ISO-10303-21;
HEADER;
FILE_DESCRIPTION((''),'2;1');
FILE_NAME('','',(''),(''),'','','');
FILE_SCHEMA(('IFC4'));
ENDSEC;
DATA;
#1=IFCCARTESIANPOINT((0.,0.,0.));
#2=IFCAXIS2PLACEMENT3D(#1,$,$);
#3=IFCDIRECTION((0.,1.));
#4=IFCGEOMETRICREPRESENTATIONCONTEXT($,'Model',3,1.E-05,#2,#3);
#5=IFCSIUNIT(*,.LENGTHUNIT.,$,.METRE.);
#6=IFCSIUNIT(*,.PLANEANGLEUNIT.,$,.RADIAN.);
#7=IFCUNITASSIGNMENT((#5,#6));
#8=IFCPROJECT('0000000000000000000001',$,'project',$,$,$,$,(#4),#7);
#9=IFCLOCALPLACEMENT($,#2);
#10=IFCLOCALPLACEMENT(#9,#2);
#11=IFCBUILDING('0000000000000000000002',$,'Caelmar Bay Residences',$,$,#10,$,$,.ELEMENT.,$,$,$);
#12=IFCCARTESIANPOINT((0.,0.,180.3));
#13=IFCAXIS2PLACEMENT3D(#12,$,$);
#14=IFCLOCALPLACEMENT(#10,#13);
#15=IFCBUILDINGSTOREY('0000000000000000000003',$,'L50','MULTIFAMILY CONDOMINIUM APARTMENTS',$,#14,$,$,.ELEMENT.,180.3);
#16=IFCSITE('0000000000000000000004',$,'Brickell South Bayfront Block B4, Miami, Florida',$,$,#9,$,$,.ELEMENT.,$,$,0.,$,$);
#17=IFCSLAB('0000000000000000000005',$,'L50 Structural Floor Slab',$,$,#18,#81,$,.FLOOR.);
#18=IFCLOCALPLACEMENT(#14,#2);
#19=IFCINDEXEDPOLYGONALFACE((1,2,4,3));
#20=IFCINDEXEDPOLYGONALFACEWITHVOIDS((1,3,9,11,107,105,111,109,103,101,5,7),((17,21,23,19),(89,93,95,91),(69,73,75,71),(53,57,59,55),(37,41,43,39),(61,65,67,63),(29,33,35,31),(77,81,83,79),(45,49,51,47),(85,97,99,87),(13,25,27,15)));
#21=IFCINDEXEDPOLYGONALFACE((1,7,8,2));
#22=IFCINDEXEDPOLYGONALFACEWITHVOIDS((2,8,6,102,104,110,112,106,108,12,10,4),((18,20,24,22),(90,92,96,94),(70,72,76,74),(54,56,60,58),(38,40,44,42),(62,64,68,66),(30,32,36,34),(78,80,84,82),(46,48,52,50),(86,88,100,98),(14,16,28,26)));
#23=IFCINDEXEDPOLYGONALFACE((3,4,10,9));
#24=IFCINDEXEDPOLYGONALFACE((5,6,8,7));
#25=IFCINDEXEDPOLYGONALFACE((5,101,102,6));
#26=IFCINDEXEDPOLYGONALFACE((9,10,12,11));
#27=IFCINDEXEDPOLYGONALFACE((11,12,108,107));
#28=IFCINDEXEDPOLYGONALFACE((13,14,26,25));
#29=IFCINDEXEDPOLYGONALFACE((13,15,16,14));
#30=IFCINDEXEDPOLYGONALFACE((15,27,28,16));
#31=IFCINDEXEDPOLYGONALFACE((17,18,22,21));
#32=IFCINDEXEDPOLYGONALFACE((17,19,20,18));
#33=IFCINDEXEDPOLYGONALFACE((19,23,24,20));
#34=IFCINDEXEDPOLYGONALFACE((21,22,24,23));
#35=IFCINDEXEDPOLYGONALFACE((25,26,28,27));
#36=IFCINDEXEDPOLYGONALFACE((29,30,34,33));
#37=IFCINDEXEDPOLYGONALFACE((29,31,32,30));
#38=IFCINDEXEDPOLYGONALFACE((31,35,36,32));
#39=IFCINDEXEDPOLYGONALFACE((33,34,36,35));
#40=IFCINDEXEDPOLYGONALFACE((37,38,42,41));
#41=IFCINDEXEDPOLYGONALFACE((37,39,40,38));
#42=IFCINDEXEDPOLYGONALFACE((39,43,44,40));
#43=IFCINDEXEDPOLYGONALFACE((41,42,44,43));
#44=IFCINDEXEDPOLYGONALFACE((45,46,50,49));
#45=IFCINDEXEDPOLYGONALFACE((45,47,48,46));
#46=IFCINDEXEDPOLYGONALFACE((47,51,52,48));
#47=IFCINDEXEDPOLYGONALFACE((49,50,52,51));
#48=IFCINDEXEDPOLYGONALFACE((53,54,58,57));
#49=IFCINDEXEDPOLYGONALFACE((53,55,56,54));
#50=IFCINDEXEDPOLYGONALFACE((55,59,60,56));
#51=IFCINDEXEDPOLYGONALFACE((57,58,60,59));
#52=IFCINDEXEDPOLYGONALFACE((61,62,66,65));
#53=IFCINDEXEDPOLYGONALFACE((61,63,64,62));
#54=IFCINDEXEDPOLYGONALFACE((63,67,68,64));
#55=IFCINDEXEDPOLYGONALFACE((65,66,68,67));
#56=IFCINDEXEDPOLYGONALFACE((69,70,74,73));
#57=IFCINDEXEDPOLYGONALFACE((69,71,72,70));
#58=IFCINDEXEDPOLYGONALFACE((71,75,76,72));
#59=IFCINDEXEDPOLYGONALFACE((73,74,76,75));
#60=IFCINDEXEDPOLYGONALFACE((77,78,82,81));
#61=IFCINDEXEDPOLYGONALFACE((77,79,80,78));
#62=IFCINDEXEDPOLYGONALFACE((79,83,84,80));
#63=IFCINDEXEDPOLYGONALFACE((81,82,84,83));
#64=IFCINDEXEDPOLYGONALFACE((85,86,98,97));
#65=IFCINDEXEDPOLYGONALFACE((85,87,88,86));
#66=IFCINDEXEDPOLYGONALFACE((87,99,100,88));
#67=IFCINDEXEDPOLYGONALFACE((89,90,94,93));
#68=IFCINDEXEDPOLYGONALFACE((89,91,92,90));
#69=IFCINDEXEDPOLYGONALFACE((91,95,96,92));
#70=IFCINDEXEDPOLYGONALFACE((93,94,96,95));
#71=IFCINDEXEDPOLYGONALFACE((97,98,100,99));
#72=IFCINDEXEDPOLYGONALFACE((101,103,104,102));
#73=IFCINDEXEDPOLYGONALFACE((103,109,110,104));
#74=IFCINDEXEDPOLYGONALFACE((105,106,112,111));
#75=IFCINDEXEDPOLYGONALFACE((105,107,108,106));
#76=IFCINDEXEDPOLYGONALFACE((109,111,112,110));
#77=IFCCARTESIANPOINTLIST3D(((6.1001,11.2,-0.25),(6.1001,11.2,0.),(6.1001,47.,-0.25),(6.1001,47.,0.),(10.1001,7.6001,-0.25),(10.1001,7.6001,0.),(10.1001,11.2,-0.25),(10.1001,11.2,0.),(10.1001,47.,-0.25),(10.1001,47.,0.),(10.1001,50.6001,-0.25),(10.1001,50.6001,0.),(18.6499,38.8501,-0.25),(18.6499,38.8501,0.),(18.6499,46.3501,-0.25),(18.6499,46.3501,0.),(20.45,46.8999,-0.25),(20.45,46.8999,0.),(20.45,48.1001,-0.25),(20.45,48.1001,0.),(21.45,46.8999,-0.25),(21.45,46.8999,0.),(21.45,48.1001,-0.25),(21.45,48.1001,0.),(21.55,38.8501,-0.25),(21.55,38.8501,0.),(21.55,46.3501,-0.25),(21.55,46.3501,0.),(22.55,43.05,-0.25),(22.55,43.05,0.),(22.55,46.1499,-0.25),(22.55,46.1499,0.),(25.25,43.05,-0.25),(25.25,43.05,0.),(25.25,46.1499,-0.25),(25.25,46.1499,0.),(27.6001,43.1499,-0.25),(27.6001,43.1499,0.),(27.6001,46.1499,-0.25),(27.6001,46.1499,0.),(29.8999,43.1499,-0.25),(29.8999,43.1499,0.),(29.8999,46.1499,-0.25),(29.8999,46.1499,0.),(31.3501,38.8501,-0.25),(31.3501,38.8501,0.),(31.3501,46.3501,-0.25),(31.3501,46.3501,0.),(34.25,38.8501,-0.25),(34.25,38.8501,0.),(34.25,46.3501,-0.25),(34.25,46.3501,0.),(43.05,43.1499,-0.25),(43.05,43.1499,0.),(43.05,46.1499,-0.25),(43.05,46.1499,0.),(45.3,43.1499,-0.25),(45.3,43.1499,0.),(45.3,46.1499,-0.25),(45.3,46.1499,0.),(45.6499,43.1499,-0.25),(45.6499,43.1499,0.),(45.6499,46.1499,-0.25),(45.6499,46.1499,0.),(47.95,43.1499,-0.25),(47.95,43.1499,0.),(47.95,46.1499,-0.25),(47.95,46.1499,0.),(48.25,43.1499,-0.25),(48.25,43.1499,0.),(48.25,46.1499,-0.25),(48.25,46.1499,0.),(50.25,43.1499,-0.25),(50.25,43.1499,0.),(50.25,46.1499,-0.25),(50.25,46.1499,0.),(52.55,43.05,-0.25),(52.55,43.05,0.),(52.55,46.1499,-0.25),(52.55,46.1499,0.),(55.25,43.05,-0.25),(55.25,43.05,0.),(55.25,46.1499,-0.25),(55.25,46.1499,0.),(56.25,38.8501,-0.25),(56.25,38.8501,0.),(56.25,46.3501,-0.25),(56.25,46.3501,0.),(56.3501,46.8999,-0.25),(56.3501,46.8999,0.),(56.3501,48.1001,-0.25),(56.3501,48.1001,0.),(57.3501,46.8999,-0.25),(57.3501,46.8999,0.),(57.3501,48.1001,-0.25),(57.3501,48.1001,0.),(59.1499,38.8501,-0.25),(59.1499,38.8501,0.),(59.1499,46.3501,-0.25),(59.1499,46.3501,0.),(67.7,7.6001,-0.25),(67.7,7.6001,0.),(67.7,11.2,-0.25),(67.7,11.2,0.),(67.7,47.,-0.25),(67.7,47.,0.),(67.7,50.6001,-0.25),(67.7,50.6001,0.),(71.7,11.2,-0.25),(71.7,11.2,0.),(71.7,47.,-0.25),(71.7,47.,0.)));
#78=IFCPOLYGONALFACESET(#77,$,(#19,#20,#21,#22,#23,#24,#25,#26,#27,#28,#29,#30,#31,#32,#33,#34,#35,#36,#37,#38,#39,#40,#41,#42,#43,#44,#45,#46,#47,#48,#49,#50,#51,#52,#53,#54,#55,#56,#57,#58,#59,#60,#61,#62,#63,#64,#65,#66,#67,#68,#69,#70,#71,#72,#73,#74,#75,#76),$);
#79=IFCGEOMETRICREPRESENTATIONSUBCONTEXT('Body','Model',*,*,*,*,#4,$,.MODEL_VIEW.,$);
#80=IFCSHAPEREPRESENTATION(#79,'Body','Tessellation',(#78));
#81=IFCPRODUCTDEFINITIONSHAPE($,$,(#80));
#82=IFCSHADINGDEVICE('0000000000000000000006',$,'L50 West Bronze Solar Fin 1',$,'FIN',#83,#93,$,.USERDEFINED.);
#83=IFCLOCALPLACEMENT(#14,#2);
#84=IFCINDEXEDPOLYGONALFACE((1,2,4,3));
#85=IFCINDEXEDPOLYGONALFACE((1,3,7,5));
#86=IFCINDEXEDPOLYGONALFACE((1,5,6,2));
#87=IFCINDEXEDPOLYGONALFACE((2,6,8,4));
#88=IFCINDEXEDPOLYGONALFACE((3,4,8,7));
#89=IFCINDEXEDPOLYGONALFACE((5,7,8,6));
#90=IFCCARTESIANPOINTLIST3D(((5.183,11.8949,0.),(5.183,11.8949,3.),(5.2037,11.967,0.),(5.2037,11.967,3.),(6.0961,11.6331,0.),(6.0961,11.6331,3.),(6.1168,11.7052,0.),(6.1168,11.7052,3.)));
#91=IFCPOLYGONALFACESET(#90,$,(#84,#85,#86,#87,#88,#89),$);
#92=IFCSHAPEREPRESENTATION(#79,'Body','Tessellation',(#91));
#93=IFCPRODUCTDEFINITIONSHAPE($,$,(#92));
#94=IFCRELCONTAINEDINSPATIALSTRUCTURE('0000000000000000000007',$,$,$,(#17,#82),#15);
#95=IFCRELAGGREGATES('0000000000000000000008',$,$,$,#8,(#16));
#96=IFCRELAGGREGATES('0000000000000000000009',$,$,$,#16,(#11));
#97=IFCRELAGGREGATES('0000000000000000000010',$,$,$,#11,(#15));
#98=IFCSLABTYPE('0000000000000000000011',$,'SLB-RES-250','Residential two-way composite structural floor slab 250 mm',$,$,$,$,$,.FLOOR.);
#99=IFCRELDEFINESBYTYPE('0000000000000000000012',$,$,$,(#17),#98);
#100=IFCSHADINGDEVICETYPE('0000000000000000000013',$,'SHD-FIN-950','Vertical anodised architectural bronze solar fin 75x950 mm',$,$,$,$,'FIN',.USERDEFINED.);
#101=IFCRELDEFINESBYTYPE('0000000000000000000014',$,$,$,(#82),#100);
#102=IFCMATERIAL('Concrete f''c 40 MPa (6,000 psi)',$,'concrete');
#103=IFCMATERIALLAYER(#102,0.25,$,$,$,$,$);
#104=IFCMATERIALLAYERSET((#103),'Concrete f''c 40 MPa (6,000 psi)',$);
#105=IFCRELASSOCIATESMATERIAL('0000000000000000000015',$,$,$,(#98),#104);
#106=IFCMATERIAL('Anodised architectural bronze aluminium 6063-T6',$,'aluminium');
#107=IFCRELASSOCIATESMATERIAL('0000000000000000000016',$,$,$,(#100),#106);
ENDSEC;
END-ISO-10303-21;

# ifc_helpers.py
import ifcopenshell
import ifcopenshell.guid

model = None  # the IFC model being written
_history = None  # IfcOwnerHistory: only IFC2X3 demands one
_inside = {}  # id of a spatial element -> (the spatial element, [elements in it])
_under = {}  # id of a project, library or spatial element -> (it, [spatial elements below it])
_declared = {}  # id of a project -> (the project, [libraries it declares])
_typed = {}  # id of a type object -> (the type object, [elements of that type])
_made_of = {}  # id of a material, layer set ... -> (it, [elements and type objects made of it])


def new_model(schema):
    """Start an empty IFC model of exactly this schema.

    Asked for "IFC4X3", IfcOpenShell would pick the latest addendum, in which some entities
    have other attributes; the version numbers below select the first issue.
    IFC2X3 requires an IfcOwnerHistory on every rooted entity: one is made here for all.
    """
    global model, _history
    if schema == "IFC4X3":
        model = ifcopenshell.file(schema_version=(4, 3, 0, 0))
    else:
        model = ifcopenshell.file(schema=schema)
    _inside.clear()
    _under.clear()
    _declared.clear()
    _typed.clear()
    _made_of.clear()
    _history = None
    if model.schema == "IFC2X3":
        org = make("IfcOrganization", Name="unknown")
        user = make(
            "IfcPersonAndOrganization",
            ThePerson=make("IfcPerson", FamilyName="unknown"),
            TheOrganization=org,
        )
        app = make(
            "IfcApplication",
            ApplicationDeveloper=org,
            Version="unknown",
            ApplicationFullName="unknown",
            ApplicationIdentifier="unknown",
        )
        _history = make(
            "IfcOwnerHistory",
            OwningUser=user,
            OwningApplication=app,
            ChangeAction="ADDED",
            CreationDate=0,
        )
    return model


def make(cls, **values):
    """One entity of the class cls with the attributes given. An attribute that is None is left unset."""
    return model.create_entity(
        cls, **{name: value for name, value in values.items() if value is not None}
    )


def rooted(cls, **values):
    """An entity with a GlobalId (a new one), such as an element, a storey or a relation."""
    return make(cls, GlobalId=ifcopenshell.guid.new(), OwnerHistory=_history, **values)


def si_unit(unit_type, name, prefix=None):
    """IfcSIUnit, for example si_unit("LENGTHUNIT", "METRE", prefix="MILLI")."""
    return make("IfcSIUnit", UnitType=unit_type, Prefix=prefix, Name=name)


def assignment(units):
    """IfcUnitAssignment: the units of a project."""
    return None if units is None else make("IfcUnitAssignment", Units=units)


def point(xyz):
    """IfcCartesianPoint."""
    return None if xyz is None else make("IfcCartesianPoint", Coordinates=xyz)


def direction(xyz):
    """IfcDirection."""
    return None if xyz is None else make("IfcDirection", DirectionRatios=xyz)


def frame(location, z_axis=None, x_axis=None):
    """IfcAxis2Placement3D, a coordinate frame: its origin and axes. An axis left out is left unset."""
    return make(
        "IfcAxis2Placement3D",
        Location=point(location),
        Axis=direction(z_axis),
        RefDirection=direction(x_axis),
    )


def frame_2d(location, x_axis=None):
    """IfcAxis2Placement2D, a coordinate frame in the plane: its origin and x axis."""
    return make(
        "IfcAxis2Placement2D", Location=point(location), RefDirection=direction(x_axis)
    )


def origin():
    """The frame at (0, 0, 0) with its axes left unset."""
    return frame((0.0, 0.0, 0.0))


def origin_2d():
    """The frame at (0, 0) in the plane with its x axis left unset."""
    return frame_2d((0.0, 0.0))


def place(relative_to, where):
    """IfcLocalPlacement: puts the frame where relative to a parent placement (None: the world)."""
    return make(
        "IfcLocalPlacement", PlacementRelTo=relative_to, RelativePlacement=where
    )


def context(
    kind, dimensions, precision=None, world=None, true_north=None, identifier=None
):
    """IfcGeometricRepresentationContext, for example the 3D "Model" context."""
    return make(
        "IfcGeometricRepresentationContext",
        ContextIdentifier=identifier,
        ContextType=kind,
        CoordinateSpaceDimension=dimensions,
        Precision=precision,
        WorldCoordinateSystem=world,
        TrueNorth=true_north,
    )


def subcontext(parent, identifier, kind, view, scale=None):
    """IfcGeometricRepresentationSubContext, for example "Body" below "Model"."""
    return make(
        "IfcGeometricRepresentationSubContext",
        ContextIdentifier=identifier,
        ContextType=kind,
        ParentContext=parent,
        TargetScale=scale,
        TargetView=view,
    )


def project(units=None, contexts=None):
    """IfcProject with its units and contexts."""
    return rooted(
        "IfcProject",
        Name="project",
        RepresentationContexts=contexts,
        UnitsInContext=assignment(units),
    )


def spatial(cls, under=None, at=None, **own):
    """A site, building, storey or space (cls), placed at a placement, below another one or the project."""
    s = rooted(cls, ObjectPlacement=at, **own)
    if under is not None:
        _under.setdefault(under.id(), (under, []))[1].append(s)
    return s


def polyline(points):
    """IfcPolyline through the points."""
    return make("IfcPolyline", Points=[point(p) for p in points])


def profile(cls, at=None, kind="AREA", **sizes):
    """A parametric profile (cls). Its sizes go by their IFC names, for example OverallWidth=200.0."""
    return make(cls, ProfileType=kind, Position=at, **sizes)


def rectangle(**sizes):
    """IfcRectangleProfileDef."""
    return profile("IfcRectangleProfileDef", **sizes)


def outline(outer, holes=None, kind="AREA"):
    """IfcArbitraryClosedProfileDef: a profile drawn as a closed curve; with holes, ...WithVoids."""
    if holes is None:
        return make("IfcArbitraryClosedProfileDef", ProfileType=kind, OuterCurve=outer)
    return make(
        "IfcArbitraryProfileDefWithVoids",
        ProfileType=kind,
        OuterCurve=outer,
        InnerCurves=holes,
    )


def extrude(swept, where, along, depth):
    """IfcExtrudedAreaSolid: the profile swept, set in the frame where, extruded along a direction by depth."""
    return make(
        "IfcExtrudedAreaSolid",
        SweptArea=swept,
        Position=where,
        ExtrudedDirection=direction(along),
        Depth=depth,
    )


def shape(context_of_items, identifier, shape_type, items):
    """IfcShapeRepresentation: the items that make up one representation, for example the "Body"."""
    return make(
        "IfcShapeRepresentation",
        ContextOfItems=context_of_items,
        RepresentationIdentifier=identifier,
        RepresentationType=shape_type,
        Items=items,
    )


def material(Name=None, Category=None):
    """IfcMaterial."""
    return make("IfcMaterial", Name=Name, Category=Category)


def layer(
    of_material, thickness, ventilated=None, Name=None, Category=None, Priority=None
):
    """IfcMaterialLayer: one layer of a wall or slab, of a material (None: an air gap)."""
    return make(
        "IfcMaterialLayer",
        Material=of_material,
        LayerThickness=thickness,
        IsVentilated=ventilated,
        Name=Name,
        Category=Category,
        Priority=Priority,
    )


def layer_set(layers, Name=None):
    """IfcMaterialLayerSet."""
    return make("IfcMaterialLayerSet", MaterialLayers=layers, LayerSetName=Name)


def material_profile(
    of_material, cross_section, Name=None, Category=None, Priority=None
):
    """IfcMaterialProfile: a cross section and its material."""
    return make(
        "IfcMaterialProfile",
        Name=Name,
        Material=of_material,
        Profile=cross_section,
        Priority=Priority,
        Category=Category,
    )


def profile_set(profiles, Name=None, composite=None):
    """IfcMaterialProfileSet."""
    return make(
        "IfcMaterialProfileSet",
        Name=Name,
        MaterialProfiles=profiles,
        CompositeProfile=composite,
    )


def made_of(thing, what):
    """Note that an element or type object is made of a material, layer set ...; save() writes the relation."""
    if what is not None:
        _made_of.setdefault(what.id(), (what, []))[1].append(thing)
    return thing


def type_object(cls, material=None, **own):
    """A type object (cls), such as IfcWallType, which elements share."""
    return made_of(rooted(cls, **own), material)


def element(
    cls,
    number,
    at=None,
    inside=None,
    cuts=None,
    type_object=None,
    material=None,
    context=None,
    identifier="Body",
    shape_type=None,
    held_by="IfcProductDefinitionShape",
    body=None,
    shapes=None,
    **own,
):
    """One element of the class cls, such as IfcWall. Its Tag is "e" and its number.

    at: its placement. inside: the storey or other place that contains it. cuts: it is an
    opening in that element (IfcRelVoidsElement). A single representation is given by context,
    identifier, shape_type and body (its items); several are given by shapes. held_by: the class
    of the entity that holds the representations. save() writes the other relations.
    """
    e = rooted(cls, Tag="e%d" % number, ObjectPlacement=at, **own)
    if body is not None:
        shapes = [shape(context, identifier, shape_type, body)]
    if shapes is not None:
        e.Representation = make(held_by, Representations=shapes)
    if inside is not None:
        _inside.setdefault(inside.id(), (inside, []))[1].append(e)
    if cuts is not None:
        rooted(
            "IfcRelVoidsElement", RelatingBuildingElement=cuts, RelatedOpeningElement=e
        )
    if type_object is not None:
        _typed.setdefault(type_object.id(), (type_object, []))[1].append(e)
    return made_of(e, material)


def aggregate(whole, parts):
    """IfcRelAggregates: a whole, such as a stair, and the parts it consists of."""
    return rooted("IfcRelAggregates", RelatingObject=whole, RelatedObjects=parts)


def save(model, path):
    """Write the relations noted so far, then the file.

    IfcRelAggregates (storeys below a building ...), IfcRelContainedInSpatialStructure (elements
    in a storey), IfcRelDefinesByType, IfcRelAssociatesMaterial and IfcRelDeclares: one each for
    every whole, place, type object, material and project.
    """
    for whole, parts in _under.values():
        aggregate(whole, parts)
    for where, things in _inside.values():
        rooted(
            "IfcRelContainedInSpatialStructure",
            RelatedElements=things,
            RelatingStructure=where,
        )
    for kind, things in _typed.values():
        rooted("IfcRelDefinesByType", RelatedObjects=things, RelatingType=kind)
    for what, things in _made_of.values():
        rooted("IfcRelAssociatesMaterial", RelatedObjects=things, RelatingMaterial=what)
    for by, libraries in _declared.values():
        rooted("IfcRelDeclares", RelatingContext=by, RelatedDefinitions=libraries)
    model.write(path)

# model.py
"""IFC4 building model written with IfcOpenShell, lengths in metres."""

from ifc_helpers import new_model, si_unit, direction, frame, origin, origin_2d, place, context, subcontext, project, spatial, polyline, rectangle, outline, extrude, material, layer, layer_set, material_profile, profile_set, type_object, element, save


model = new_model("IFC4")

# Units and contexts
model_context = context("Model", 3, precision=1e-05, world=origin(), true_north=direction((0.0, 1.0)))
body_context = subcontext(model_context, "Body", "Model", "MODEL_VIEW")
ifc_project = project(units=[si_unit("LENGTHUNIT", "METRE"), si_unit("PLANEANGLEUNIT", "RADIAN")], contexts=[model_context])

# Site, building, storey
site_placement = place(None, origin())
site = spatial("IfcSite", under=ifc_project, at=site_placement, Name="Brickell South Bayfront Block B4, Miami, Florida", CompositionType="ELEMENT", RefElevation=0.0)
building_placement = place(site_placement, origin())
building = spatial("IfcBuilding", under=site, at=building_placement, Name="Caelmar Bay Residences", CompositionType="ELEMENT")
storey_placement = place(building_placement, frame((0.0, 0.0, 180.3)))
storey = spatial("IfcBuildingStorey", under=building, at=storey_placement, Name="L50", Description="MULTIFAMILY CONDOMINIUM APARTMENTS", CompositionType="ELEMENT", Elevation=180.3)

# Shared definitions
ifc_material_1 = material(Name="Concrete f'c 40 MPa (6,000 psi)", Category="concrete")

# Slab
ifc_layer_1 = layer(ifc_material_1, 0.25)
ifc_layer_set_1 = layer_set([ifc_layer_1], Name="Concrete f'c 40 MPa (6,000 psi)")
slab_type_1 = type_object("IfcSlabType", Name="SLB-RES-250", Description="Residential two-way composite structural floor slab 250 mm", PredefinedType="FLOOR", material=ifc_layer_set_1)
slab_1_placement = place(storey_placement, frame((0.0, 0.0, -0.25)))
element("IfcSlab", 1, at=slab_1_placement, inside=storey, type_object=slab_type_1, Name="L50 Structural Floor Slab", PredefinedType="FLOOR", context=body_context, shape_type="SweptSolid", body=[
    extrude(outline(polyline([(10.1001, 7.6001), (67.7, 7.6001), (67.7, 11.2), (71.7, 11.2), (71.7, 47.0), (67.7, 47.0), (67.7, 50.6001), (10.1001, 50.6001), (10.1001, 47.0), (6.1001, 47.0), (6.1001, 11.2), (10.1001, 11.2), (10.1001, 7.6001)]), holes=[polyline([(18.6499, 38.8501), (21.55, 38.8501), (21.55, 46.3501), (18.6499, 46.3501), (18.6499, 38.8501)]), polyline([(56.25, 38.8501), (59.1499, 38.8501), (59.1499, 46.3501), (56.25, 46.3501), (56.25, 38.8501)]), polyline([(31.3501, 38.8501), (34.25, 38.8501), (34.25, 46.3501), (31.3501, 46.3501), (31.3501, 38.8501)]), polyline([(22.55, 43.05), (25.25, 43.05), (25.25, 46.1499), (22.55, 46.1499), (22.55, 43.05)]), polyline([(52.55, 43.05), (55.25, 43.05), (55.25, 46.1499), (52.55, 46.1499), (52.55, 43.05)]), polyline([(43.05, 43.1499), (45.3, 43.1499), (45.3, 46.1499), (43.05, 46.1499), (43.05, 43.1499)]), polyline([(45.6499, 43.1499), (47.95, 43.1499), (47.95, 46.1499), (45.6499, 46.1499), (45.6499, 43.1499)]), polyline([(48.25, 43.1499), (50.25, 43.1499), (50.25, 46.1499), (48.25, 46.1499), (48.25, 43.1499)]), polyline([(27.6001, 43.1499), (29.8999, 43.1499), (29.8999, 46.1499), (27.6001, 46.1499), (27.6001, 43.1499)]), polyline([(20.45, 46.8999), (21.45, 46.8999), (21.45, 48.1001), (20.45, 48.1001), (20.45, 46.8999)]), polyline([(56.3501, 46.8999), (57.3501, 46.8999), (57.3501, 48.1001), (56.3501, 48.1001), (56.3501, 46.8999)])]), origin(), (0.0, 0.0, 1.0), 0.25),
])

# Shading device
ifc_material_2 = material(Name="Anodised architectural bronze aluminium 6063-T6", Category="aluminium")
ifc_material_profile_1 = material_profile(ifc_material_2, rectangle(XDim=0.075, YDim=0.95, at=origin_2d()), Name="BRONZE-FIN-75X950")
ifc_profile_set_1 = profile_set([ifc_material_profile_1], Name="Anodised architectural bronze aluminium 6063-T6")
shading_device_type = type_object("IfcShadingDeviceType", Name="SHD-FIN-950", Description="Vertical anodised architectural bronze solar fin 75x950 mm", ElementType="FIN", PredefinedType="USERDEFINED", material=ifc_profile_set_1)
shading_device_placement = place(storey_placement, frame((5.6499, 11.8, 0.0), z_axis=(0.0, 0.0, 1.0), x_axis=(0.275637, 0.961262, 0.0)))
element("IfcShadingDevice", 2, at=shading_device_placement, inside=storey, type_object=shading_device_type, Name="L50 West Bronze Solar Fin 1", ObjectType="FIN", PredefinedType="USERDEFINED", context=body_context, shape_type="SweptSolid", body=[
    extrude(rectangle(XDim=0.075, YDim=0.95, at=origin_2d()), origin(), (0.0, 0.0, 1.0), 3.0),
])

save(model, "model.ifc")
